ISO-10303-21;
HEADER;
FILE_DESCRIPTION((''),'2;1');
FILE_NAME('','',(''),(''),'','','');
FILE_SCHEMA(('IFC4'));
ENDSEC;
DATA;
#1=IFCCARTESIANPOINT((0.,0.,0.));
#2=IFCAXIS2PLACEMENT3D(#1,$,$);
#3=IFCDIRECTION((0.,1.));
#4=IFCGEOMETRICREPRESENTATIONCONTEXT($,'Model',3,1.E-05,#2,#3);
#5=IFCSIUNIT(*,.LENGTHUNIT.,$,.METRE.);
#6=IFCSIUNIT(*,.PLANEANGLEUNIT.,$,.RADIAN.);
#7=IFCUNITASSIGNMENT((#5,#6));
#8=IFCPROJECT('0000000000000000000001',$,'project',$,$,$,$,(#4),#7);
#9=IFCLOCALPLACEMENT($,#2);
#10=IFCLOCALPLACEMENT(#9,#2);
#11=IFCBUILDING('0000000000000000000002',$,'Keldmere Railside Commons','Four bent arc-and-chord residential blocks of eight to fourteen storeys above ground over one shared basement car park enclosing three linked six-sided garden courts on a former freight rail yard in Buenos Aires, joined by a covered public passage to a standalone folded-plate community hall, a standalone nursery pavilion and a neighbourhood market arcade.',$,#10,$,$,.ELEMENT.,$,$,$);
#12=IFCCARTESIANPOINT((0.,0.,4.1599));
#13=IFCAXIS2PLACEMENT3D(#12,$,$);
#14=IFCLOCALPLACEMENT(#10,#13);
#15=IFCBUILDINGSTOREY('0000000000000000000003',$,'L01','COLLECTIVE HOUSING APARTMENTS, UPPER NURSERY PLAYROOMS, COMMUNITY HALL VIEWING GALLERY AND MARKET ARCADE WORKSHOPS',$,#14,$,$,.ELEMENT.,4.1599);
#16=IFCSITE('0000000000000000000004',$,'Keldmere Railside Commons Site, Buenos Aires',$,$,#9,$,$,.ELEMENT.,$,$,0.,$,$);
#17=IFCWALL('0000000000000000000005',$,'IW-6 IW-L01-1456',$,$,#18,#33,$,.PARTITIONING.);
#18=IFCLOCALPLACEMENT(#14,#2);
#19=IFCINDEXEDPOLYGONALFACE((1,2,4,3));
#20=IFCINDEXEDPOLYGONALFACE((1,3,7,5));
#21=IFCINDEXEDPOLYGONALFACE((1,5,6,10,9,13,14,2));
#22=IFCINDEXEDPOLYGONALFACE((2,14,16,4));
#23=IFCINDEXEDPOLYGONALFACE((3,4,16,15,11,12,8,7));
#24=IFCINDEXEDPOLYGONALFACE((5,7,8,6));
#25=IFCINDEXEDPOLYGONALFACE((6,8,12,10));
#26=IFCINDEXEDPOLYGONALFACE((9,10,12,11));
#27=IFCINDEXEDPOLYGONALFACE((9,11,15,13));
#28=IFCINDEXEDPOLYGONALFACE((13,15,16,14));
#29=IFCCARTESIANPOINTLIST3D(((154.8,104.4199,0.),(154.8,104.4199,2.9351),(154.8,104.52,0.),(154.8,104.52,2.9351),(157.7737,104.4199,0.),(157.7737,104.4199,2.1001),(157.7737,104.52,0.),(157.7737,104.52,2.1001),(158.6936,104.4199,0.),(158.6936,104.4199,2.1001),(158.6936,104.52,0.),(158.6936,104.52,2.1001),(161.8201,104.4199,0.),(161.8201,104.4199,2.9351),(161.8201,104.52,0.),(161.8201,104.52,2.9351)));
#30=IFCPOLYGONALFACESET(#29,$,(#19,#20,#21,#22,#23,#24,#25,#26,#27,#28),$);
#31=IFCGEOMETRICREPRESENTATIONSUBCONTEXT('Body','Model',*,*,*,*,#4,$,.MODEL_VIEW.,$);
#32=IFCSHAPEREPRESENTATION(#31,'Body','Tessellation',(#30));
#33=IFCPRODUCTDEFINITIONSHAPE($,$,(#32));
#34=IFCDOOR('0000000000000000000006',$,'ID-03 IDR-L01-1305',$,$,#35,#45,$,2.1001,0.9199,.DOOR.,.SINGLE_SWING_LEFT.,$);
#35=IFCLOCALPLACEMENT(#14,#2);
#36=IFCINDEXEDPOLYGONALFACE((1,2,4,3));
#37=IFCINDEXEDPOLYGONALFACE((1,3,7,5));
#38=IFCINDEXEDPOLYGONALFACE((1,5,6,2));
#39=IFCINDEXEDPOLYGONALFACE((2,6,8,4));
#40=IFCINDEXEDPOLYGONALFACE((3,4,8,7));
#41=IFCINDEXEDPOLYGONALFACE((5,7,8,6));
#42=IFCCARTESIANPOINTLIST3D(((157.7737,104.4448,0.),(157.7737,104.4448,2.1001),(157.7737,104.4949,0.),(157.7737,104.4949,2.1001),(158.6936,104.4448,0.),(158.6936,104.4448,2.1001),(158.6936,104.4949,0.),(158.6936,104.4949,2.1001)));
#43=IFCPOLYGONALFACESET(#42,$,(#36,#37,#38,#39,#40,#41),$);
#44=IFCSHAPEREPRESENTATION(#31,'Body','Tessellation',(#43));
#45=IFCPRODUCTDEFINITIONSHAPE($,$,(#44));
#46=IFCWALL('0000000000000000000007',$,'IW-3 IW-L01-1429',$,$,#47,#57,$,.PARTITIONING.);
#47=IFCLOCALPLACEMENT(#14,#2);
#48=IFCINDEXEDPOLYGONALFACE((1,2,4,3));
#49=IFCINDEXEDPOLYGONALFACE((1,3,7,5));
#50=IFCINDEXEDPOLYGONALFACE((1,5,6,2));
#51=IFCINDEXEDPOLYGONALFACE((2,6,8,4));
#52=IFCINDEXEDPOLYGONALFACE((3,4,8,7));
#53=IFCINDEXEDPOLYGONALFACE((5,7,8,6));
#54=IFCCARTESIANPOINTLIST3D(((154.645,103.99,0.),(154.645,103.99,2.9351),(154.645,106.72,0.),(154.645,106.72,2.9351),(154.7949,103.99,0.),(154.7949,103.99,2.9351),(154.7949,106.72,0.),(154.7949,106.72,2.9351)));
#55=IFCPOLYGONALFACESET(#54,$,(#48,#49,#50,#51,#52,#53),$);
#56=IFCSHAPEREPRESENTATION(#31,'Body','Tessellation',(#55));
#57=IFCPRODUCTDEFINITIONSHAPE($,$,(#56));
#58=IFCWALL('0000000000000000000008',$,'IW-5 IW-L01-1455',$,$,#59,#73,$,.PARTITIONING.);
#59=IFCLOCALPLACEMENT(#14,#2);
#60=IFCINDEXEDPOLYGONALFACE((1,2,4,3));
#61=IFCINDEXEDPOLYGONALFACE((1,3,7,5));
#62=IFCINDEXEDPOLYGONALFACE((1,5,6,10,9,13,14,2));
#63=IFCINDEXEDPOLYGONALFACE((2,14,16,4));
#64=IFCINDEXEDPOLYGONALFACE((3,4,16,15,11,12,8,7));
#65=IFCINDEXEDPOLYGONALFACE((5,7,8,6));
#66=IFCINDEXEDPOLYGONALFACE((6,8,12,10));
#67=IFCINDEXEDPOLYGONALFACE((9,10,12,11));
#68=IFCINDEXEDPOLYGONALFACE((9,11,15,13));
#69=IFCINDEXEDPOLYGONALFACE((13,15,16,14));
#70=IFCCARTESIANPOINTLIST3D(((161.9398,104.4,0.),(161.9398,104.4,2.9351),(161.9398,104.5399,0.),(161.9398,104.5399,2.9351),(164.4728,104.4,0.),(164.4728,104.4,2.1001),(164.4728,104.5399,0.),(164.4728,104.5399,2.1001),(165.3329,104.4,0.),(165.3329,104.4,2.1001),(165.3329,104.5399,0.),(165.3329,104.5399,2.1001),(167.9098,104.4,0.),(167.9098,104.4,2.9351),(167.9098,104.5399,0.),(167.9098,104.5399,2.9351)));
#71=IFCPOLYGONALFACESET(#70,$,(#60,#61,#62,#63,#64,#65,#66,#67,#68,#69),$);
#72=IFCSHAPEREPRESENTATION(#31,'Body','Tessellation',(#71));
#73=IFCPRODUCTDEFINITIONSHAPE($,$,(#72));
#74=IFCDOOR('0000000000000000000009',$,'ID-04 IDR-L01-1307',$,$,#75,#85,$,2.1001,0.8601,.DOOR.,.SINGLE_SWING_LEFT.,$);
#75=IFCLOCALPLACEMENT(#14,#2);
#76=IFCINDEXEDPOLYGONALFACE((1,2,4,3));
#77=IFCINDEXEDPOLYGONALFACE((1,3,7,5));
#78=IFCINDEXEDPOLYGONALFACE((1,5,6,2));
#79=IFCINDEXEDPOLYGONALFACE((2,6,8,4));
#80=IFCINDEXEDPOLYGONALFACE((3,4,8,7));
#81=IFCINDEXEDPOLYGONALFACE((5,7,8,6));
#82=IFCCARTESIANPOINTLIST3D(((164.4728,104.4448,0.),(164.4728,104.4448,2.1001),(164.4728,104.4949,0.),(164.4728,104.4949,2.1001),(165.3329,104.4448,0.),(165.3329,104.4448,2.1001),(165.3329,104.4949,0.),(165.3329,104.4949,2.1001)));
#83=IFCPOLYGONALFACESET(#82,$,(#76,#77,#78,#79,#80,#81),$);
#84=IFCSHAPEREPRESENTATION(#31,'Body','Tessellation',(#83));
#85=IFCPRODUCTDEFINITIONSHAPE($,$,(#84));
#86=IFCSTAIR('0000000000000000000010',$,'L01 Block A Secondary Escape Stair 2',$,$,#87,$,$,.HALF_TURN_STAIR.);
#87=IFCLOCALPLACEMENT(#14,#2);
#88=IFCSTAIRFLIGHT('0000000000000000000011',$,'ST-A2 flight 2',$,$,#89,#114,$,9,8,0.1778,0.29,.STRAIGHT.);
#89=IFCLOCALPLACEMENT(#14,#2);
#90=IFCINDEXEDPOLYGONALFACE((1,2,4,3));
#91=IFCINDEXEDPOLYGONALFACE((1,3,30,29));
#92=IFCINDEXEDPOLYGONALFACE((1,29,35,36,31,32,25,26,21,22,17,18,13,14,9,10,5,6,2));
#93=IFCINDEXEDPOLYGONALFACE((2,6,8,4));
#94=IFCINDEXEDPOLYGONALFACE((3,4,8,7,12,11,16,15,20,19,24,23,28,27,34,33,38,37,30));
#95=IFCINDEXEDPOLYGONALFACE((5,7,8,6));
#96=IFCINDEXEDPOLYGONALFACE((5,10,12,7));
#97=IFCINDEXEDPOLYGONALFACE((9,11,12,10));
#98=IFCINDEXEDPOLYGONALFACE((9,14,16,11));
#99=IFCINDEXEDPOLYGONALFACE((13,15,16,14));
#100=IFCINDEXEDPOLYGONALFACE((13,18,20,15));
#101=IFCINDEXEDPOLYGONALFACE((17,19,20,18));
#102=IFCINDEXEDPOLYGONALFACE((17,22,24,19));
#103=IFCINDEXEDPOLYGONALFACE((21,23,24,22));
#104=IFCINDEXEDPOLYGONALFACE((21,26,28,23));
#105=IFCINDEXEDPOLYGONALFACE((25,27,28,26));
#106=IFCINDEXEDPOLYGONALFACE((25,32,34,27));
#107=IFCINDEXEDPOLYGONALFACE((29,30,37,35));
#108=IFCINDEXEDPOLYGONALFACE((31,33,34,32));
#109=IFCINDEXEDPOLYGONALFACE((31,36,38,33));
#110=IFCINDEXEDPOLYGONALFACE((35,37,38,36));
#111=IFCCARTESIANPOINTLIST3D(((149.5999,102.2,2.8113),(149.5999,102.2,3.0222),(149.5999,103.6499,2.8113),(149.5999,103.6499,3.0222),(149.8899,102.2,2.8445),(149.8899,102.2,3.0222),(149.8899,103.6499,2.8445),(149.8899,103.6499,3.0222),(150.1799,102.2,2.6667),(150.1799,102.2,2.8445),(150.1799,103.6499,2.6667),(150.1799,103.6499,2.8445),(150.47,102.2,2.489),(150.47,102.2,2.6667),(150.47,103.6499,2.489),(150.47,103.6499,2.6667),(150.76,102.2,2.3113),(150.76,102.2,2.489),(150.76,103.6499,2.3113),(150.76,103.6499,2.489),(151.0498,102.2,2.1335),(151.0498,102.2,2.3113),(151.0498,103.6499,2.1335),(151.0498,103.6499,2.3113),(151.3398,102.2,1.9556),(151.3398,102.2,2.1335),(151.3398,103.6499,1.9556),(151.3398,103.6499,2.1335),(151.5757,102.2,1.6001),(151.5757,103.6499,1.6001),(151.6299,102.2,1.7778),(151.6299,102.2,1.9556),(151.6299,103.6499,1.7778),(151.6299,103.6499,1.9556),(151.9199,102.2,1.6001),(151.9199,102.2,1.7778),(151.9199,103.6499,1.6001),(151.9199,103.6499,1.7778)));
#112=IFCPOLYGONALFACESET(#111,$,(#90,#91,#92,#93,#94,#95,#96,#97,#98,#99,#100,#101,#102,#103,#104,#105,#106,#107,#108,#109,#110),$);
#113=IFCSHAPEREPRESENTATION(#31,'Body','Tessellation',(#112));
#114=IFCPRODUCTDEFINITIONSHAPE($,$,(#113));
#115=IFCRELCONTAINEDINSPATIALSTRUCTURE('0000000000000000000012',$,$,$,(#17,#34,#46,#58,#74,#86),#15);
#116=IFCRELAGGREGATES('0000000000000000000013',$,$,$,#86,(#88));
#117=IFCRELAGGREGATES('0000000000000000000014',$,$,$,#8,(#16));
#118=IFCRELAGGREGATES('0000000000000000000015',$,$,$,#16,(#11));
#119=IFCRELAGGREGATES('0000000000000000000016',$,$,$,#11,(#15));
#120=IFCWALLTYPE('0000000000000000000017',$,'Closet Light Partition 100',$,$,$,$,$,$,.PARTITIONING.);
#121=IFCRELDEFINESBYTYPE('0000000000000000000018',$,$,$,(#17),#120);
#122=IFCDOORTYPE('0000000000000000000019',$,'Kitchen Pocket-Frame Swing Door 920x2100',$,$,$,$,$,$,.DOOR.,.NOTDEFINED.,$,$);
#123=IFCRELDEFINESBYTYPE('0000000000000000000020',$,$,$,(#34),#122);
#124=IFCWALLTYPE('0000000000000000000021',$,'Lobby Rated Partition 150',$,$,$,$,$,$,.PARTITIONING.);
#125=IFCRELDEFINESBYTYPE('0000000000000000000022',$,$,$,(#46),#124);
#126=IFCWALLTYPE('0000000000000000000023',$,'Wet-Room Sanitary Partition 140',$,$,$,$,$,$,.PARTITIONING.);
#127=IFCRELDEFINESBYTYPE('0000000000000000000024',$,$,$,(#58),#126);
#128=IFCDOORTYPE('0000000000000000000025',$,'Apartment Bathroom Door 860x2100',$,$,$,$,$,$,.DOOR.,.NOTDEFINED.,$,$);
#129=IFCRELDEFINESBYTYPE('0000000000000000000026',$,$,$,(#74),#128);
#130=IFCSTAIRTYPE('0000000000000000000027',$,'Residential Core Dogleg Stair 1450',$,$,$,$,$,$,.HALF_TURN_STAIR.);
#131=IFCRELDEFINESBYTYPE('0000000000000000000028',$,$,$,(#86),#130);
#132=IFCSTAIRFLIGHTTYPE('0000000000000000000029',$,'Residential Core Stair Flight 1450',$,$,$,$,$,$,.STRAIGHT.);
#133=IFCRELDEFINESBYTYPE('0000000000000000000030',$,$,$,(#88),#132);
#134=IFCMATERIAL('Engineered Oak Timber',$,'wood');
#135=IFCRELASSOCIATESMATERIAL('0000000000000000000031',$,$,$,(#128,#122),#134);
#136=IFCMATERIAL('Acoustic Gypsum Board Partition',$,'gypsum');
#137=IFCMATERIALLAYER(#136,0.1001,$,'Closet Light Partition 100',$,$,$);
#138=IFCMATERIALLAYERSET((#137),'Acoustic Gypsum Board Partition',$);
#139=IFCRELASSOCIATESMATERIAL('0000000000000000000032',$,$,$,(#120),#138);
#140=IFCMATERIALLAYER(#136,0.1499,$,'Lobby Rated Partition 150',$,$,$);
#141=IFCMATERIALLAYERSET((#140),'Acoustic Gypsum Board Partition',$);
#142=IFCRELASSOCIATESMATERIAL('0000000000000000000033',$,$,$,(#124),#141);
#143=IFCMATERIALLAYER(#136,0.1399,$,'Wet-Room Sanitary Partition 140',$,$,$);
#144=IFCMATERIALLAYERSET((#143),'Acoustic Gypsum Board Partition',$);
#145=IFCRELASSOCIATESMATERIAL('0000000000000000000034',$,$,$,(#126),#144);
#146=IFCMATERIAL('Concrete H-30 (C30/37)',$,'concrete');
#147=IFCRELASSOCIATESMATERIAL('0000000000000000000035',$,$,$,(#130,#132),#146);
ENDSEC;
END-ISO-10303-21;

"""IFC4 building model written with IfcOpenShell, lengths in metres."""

from ifc_helpers import new_model, si_unit, direction, frame, frame_2d, origin, place, context, subcontext, project, spatial, polyline, rectangle, outline, extrude, material, layer, layer_set, type_object, element, fill, aggregate, save


model = new_model("IFC4")

# Units and contexts
model_context = context("Model", 3, precision=1e-05, world=origin(), true_north=direction((0.0, 1.0)))
body_context = subcontext(model_context, "Body", "Model", "MODEL_VIEW")
ifc_project = project(units=[si_unit("LENGTHUNIT", "METRE"), si_unit("PLANEANGLEUNIT", "RADIAN")], contexts=[model_context])

# Site, building, storey
site_placement = place(None, origin())
site = spatial("IfcSite", under=ifc_project, at=site_placement, Name="Keldmere Railside Commons Site, Buenos Aires", CompositionType="ELEMENT", RefElevation=0.0)
building_placement = place(site_placement, origin())
building = spatial("IfcBuilding", under=site, at=building_placement, Name="Keldmere Railside Commons", Description="Four bent arc-and-chord residential blocks of eight to fourteen storeys above ground over one shared basement car park enclosing three linked six-sided garden courts on a former freight rail yard in Buenos Aires, joined by a covered public passage to a standalone folded-plate community hall, a standalone nursery pavilion and a neighbourhood market arcade.", CompositionType="ELEMENT")
storey_placement = place(building_placement, frame((0.0, 0.0, 4.1599)))
storey = spatial("IfcBuildingStorey", under=building, at=storey_placement, Name="L01", Description="COLLECTIVE HOUSING APARTMENTS, UPPER NURSERY PLAYROOMS, COMMUNITY HALL VIEWING GALLERY AND MARKET ARCADE WORKSHOPS", CompositionType="ELEMENT", Elevation=4.1599)

# Shared definitions
ifc_material_1 = material(Name="Concrete H-30 (C30/37)", Category="concrete")

# Shared definitions
ifc_material_2 = material(Name="Acoustic Gypsum Board Partition", Category="gypsum")
ifc_material_3 = material(Name="Engineered Oak Timber", Category="wood")
door_type_1 = type_object("IfcDoorType", Name="Apartment Bathroom Door 860x2100", OperationType="NOTDEFINED", PredefinedType="DOOR", material=ifc_material_3)

# Wall, opening, door
ifc_layer_1 = layer(ifc_material_2, 0.1001, Name="Closet Light Partition 100")
ifc_layer_set_1 = layer_set([ifc_layer_1], Name="Acoustic Gypsum Board Partition")
wall_type_1 = type_object("IfcWallType", Name="Closet Light Partition 100", PredefinedType="PARTITIONING", material=ifc_layer_set_1)
wall_1_placement = place(storey_placement, frame((154.8, 104.47, 0.0), z_axis=(0.0, 0.0, 1.0), x_axis=(1.0, 0.0, 0.0)))
wall_1 = element("IfcWall", 1, at=wall_1_placement, inside=storey, type_object=wall_type_1, Name="IW-6 IW-L01-1456", PredefinedType="PARTITIONING", context=body_context, shape_type="SweptSolid", body=[
    extrude(rectangle(XDim=7.02, YDim=0.1001, at=frame_2d((3.51, 0.0))), origin(), (0.0, 0.0, 1.0), 2.9351),
])
opening_1_placement = place(wall_1_placement, frame((2.9736, 0.0, 0.0)))
opening_1 = element("IfcOpeningElement", 2, at=opening_1_placement, cuts=wall_1, PredefinedType="OPENING", context=body_context, shape_type="SweptSolid", body=[
    extrude(rectangle(XDim=0.9199, YDim=2.1001, at=frame_2d((0.46, 1.05))), frame((0.0, 0.0601, 0.0), z_axis=(0.0, -1.0, 0.0), x_axis=(1.0, 0.0, 0.0)), (0.0, 0.0, 1.0), 0.1201),
])
door_type_2 = type_object("IfcDoorType", Name="Kitchen Pocket-Frame Swing Door 920x2100", OperationType="NOTDEFINED", PredefinedType="DOOR", material=ifc_material_3)
door_1_placement = place(opening_1_placement, origin())
door_1 = element("IfcDoor", 3, at=door_1_placement, inside=storey, type_object=door_type_2, Name="ID-03 IDR-L01-1305", OperationType="SINGLE_SWING_LEFT", OverallHeight=2.1001, OverallWidth=0.9199, PredefinedType="DOOR", context=body_context, shape_type="SweptSolid", body=[
    extrude(rectangle(XDim=0.9199, YDim=2.1001, at=frame_2d((0.46, 1.05))), frame((0.0, 0.0249, 0.0), z_axis=(0.0, -1.0, 0.0), x_axis=(1.0, 0.0, 0.0)), (0.0, 0.0, 1.0), 0.05),
])
fill(opening_1, door_1)

# Wall
ifc_layer_2 = layer(ifc_material_2, 0.1499, Name="Lobby Rated Partition 150")
ifc_layer_set_2 = layer_set([ifc_layer_2], Name="Acoustic Gypsum Board Partition")
wall_type_2 = type_object("IfcWallType", Name="Lobby Rated Partition 150", PredefinedType="PARTITIONING", material=ifc_layer_set_2)
wall_2_placement = place(storey_placement, frame((154.72, 103.99, 0.0), z_axis=(0.0, 0.0, 1.0), x_axis=(0.0, 1.0, 0.0)))
element("IfcWall", 4, at=wall_2_placement, inside=storey, type_object=wall_type_2, Name="IW-3 IW-L01-1429", PredefinedType="PARTITIONING", context=body_context, shape_type="SweptSolid", body=[
    extrude(rectangle(XDim=2.73, YDim=0.1499, at=frame_2d((1.365, 0.0))), origin(), (0.0, 0.0, 1.0), 2.9351),
])

# Wall, opening, door
ifc_layer_3 = layer(ifc_material_2, 0.1399, Name="Wet-Room Sanitary Partition 140")
ifc_layer_set_3 = layer_set([ifc_layer_3], Name="Acoustic Gypsum Board Partition")
wall_type_3 = type_object("IfcWallType", Name="Wet-Room Sanitary Partition 140", PredefinedType="PARTITIONING", material=ifc_layer_set_3)
wall_3_placement = place(storey_placement, frame((161.9399, 104.47, 0.0), z_axis=(0.0, 0.0, 1.0), x_axis=(1.0, 0.0, 0.0)))
wall_3 = element("IfcWall", 5, at=wall_3_placement, inside=storey, type_object=wall_type_3, Name="IW-5 IW-L01-1455", PredefinedType="PARTITIONING", context=body_context, shape_type="SweptSolid", body=[
    extrude(rectangle(XDim=5.97, YDim=0.1399, at=frame_2d((2.9849, 0.0))), origin(), (0.0, 0.0, 1.0), 2.9351),
])
opening_2_placement = place(wall_3_placement, frame((2.5327, 0.0, 0.0)))
opening_2 = element("IfcOpeningElement", 6, at=opening_2_placement, cuts=wall_3, PredefinedType="OPENING", context=body_context, shape_type="SweptSolid", body=[
    extrude(rectangle(XDim=0.8601, YDim=2.1001, at=frame_2d((0.4302, 1.05))), frame((0.0, 0.0798, 0.0), z_axis=(0.0, -1.0, 0.0), x_axis=(1.0, 0.0, 0.0)), (0.0, 0.0, 1.0), 0.1599),
])
door_2_placement = place(opening_2_placement, origin())
door_2 = element("IfcDoor", 7, at=door_2_placement, inside=storey, type_object=door_type_1, Name="ID-04 IDR-L01-1307", OperationType="SINGLE_SWING_LEFT", OverallHeight=2.1001, OverallWidth=0.8601, PredefinedType="DOOR", context=body_context, shape_type="SweptSolid", body=[
    extrude(rectangle(XDim=0.8601, YDim=2.1001, at=frame_2d((0.4302, 1.05))), frame((0.0, 0.0249, 0.0), z_axis=(0.0, -1.0, 0.0), x_axis=(1.0, 0.0, 0.0)), (0.0, 0.0, 1.0), 0.05),
])
fill(opening_2, door_2)

# Stair, stair flight
stair_type = type_object("IfcStairType", Name="Residential Core Dogleg Stair 1450", PredefinedType="HALF_TURN_STAIR", material=ifc_material_1)
stair_placement = place(storey_placement, origin())
stair = element("IfcStair", 8, at=stair_placement, inside=storey, type_object=stair_type, Name="L01 Block A Secondary Escape Stair 2", PredefinedType="HALF_TURN_STAIR")
stair_flight_type = type_object("IfcStairFlightType", Name="Residential Core Stair Flight 1450", PredefinedType="STRAIGHT", material=ifc_material_1)
stair_flight_placement = place(storey_placement, frame((151.9199, 102.925, 1.6001), z_axis=(0.0, 0.0, 1.0), x_axis=(-1.0, 0.0, 0.0)))
stair_flight = element("IfcStairFlight", 9, at=stair_flight_placement, type_object=stair_flight_type, Name="ST-A2 flight 2", NumberOfRisers=9, NumberOfTreads=8, PredefinedType="STRAIGHT", RiserHeight=0.1778, TreadLength=0.29, context=body_context, shape_type="SweptSolid", body=[
    extrude(outline(polyline([(0.0, 0.0), (0.0, 0.1777), (0.29, 0.1777), (0.29, 0.3555), (0.5801, 0.3555), (0.5801, 0.5334), (0.8701, 0.5334), (0.8701, 0.7112), (1.1599, 0.7112), (1.1599, 0.8889), (1.45, 0.8889), (1.45, 1.0667), (1.74, 1.0667), (1.74, 1.2444), (2.03, 1.2444), (2.03, 1.4221), (2.3201, 1.4221), (2.3201, 1.6001), (2.3201, 1.2112), (0.3442, 0.0), (0.0, 0.0)])), frame((0.0, 0.7251, 0.0), z_axis=(0.0, -1.0, 0.0), x_axis=(1.0, 0.0, 0.0)), (0.0, 0.0, 1.0), 1.45),
])
aggregate(stair, [stair_flight])

save(model, "model.ifc")
